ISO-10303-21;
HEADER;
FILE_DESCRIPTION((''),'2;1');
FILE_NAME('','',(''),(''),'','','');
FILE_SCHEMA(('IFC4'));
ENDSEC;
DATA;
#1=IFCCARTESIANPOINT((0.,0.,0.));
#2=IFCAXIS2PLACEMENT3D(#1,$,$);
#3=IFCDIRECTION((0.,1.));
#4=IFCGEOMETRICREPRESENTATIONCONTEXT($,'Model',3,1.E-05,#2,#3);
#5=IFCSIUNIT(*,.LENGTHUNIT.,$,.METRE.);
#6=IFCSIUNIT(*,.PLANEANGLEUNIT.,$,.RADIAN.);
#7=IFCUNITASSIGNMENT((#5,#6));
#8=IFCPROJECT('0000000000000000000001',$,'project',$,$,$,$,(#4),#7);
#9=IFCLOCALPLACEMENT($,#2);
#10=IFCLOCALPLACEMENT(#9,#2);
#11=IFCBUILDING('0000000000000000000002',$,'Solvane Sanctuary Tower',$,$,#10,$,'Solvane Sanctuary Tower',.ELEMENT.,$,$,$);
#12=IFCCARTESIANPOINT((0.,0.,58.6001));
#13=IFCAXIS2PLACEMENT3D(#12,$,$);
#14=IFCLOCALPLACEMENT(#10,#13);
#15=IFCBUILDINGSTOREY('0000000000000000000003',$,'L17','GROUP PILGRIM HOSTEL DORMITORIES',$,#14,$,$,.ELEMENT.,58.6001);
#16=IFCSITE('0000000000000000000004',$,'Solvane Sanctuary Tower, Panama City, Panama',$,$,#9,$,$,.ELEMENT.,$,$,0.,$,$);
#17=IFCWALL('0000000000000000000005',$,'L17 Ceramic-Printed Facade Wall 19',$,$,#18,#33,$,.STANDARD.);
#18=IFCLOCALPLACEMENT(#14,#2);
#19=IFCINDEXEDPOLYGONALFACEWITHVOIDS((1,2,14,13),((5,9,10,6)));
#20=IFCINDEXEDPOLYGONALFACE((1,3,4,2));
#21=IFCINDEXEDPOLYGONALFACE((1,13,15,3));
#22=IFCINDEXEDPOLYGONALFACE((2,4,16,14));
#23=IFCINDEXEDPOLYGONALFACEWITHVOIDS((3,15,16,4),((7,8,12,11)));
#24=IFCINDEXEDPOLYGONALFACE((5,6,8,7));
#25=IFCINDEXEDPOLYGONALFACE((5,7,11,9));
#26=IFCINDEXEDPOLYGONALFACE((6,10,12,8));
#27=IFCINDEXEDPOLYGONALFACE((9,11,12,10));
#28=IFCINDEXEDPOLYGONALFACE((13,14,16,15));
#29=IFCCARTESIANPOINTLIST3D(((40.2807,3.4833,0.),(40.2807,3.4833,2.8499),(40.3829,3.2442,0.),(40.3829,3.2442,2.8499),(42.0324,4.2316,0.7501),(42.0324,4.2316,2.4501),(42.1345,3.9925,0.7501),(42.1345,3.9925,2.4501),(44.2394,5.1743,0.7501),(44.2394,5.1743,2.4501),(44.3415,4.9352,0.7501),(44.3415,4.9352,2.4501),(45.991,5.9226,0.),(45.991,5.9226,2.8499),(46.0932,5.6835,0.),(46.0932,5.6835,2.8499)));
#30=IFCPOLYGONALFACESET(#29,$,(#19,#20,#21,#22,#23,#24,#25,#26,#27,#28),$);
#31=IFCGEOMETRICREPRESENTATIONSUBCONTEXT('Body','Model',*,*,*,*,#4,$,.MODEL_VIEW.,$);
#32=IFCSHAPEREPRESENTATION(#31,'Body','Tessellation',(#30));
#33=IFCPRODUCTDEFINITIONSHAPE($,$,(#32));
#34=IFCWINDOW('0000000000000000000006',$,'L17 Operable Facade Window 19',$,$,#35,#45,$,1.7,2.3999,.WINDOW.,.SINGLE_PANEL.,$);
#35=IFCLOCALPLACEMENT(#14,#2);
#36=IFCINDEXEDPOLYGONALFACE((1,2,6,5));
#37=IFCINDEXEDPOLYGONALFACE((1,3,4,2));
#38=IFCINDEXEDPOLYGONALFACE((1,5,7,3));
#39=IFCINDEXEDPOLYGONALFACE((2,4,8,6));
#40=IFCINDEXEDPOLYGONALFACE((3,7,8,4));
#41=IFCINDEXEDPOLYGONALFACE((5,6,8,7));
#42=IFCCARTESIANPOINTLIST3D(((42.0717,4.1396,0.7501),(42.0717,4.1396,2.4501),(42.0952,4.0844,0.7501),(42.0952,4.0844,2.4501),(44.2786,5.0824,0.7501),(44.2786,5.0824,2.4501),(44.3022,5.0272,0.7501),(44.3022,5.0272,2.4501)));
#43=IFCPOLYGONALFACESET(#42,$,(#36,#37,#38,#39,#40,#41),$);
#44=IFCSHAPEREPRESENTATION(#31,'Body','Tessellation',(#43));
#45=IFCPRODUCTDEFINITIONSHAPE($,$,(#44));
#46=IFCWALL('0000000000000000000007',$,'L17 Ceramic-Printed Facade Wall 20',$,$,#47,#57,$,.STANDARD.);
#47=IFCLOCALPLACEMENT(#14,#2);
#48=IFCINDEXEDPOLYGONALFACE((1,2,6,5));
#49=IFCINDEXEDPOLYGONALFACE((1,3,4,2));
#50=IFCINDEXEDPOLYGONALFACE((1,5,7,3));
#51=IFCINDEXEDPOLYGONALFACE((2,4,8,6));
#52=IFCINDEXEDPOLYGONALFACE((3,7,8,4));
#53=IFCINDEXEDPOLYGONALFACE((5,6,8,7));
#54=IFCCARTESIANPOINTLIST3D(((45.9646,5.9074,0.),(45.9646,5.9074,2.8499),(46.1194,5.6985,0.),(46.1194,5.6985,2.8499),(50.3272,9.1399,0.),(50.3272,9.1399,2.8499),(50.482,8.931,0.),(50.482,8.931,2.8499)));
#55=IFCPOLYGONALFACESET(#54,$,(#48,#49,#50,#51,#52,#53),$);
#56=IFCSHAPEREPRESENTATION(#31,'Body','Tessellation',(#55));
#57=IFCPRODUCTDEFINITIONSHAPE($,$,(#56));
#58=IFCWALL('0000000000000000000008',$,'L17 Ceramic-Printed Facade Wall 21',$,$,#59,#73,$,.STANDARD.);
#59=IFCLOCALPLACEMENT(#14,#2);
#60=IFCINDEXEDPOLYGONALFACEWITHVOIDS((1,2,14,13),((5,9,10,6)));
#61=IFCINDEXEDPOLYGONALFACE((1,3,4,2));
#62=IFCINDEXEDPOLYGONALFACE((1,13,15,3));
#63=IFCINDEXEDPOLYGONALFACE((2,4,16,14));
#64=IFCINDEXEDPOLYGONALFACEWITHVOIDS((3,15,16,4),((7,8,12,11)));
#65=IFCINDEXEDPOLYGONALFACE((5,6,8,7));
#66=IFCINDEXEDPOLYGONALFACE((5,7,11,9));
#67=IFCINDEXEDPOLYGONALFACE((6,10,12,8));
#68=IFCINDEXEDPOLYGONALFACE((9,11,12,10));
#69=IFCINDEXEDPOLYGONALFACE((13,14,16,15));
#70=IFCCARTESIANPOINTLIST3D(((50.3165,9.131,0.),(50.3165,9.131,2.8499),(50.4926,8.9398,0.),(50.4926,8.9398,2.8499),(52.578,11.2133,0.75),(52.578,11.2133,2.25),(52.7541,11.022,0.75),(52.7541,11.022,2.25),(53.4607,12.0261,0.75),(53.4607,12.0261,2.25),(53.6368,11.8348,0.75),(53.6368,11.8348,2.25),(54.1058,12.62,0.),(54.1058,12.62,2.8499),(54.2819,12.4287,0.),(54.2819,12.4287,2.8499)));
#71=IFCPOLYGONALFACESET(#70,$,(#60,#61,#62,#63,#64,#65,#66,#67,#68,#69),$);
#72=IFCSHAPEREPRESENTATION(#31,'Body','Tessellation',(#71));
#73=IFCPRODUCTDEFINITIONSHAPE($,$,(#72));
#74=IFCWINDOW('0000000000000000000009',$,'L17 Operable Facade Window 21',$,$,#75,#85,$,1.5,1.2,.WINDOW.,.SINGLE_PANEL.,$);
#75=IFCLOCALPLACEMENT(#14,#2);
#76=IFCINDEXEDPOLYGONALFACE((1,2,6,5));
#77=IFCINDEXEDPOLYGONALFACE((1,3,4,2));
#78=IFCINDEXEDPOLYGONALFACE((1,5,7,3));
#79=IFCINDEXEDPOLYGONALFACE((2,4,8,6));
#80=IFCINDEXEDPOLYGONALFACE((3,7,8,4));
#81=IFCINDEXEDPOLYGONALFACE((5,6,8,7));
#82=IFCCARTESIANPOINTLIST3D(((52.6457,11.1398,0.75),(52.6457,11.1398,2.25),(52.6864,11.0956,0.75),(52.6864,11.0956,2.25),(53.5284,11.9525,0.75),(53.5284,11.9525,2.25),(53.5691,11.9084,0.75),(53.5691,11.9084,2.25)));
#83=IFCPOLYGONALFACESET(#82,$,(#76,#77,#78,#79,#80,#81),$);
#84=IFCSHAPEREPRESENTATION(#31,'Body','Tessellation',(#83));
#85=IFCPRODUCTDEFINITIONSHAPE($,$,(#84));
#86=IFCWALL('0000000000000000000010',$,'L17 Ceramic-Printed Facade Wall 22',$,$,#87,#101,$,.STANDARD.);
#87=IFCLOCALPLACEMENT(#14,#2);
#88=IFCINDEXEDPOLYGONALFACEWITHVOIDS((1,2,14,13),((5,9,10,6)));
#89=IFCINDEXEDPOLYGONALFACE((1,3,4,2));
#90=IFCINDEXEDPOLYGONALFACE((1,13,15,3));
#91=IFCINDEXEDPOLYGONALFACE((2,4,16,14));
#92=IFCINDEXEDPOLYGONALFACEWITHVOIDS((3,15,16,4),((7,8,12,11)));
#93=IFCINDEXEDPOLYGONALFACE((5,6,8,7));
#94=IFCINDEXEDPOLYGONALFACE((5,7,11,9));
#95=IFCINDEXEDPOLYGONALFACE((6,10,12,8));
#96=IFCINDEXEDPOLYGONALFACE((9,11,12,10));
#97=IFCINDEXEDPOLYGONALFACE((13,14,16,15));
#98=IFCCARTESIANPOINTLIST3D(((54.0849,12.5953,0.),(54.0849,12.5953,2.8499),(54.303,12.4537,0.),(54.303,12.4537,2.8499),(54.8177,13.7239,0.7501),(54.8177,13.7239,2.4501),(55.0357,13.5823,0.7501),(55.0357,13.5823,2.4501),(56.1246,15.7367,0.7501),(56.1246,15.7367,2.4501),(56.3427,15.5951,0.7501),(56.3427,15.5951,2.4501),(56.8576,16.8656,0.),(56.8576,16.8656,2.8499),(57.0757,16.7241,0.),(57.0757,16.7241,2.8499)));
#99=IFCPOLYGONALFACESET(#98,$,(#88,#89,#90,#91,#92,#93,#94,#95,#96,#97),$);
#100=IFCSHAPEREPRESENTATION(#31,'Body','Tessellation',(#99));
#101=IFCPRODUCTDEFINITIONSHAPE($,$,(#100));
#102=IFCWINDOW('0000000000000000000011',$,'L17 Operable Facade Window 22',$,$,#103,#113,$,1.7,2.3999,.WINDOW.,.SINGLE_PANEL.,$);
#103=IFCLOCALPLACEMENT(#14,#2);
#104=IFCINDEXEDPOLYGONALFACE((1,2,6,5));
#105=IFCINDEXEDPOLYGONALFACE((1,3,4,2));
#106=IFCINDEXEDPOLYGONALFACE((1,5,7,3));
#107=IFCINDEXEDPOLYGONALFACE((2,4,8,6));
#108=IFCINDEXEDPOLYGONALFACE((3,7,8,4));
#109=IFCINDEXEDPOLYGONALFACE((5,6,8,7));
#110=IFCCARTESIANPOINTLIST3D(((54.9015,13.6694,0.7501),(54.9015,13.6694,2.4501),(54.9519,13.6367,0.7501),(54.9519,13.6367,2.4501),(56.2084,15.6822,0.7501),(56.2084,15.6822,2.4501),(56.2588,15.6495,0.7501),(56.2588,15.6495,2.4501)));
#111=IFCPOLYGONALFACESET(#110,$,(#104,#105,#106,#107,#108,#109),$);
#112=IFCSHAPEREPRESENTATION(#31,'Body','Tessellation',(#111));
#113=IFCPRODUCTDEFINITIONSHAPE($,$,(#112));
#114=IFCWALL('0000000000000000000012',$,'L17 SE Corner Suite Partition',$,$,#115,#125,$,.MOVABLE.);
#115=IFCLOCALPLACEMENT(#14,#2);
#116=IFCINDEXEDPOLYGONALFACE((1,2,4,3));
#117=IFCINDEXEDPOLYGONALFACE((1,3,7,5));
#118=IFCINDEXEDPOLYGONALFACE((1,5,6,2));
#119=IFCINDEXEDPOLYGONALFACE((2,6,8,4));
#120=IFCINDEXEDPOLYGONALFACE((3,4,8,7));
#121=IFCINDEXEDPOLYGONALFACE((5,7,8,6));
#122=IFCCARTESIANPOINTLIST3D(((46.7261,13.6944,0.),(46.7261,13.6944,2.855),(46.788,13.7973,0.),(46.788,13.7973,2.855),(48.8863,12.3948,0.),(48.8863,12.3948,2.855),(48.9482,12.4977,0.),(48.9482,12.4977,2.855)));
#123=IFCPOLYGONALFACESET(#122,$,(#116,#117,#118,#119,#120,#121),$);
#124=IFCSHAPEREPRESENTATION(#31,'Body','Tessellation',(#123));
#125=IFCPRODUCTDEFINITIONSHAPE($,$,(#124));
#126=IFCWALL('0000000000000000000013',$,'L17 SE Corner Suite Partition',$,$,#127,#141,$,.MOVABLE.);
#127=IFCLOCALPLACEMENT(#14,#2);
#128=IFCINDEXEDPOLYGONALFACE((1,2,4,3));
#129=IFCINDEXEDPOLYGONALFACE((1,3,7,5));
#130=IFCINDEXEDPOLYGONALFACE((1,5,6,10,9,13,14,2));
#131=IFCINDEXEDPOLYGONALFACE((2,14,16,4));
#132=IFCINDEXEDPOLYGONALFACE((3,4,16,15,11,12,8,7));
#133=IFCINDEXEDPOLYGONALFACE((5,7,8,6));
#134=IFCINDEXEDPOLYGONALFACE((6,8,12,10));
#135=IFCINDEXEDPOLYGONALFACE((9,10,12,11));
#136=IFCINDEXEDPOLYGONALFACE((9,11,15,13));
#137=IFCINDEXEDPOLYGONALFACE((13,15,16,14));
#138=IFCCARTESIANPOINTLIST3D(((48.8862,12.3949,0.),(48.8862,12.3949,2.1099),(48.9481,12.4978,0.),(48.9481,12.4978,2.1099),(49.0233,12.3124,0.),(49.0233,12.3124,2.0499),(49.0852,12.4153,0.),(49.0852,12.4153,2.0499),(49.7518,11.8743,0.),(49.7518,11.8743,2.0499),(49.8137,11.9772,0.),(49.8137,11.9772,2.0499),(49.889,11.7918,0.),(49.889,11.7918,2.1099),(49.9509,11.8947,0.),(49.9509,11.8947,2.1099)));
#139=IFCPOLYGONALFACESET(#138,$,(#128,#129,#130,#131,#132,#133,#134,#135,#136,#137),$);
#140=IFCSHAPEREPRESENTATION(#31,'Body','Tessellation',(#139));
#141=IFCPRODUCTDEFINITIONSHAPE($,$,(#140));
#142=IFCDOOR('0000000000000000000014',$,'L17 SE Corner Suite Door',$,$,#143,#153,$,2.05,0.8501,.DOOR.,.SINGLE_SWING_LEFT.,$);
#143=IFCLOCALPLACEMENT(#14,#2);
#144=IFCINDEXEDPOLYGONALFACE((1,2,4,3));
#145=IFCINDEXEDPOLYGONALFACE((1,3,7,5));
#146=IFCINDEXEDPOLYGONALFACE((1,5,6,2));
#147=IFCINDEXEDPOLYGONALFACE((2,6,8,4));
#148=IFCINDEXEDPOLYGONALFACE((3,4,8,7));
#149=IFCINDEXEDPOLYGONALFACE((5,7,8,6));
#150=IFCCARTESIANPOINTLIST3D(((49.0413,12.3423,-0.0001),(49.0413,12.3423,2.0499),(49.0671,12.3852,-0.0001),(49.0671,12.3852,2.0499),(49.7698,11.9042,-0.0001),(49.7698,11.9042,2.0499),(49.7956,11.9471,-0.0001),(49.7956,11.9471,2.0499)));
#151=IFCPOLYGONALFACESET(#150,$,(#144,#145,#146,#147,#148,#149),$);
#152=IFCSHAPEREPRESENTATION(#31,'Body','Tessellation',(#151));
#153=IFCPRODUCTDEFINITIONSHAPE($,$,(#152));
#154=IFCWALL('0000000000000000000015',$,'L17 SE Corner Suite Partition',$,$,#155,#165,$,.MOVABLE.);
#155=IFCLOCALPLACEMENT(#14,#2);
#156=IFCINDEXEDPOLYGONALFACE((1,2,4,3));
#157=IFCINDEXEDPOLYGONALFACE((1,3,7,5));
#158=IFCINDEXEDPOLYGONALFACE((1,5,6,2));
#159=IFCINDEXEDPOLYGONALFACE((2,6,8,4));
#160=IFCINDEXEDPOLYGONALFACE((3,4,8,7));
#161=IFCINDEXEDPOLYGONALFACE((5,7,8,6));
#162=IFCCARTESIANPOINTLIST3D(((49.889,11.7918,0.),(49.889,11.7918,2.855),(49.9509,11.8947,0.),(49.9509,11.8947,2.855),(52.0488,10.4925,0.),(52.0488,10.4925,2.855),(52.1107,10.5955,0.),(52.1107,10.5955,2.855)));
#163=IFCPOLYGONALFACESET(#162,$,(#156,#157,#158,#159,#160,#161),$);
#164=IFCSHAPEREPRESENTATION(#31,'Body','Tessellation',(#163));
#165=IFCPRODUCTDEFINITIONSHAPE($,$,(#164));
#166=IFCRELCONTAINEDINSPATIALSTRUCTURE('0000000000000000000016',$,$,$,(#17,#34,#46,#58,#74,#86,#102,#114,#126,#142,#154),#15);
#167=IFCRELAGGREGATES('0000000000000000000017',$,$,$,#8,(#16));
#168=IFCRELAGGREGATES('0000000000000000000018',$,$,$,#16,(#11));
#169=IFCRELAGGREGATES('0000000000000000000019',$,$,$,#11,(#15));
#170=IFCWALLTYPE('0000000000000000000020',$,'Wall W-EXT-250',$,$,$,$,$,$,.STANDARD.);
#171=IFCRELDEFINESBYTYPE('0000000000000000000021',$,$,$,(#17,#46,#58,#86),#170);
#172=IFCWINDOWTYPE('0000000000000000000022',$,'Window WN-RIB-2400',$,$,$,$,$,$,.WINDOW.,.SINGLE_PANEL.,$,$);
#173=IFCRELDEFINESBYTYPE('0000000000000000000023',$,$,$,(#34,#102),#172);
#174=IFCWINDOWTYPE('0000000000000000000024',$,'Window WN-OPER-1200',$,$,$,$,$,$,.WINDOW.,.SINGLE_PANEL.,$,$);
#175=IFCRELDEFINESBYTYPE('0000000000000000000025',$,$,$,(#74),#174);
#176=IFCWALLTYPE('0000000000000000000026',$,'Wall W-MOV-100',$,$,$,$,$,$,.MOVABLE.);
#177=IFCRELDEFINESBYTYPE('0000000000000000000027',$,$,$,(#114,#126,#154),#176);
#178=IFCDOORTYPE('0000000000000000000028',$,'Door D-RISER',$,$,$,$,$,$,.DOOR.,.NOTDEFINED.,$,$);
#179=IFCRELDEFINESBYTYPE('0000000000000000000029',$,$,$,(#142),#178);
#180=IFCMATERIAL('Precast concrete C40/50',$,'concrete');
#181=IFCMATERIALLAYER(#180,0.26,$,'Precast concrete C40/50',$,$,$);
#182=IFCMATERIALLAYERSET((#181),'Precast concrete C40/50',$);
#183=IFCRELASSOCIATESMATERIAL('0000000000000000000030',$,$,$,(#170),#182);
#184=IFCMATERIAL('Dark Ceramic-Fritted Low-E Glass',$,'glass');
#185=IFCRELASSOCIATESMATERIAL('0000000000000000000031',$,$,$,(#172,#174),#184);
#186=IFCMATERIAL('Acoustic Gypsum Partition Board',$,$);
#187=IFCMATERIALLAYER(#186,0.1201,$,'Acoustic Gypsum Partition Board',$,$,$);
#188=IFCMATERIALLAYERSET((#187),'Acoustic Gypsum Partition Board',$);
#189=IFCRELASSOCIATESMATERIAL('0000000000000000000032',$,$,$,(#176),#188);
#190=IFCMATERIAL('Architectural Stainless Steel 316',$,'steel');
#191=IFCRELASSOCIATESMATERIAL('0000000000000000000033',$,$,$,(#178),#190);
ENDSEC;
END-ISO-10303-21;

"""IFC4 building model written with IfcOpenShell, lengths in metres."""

from ifc_helpers import new_model, si_unit, direction, frame, frame_2d, origin, place, context, subcontext, project, spatial, rectangle, extrude, material, layer, layer_set, type_object, element, fill, save


model = new_model("IFC4")

# Units and contexts
model_context = context("Model", 3, precision=1e-05, world=origin(), true_north=direction((0.0, 1.0)))
body_context = subcontext(model_context, "Body", "Model", "MODEL_VIEW")
ifc_project = project(units=[si_unit("LENGTHUNIT", "METRE"), si_unit("PLANEANGLEUNIT", "RADIAN")], contexts=[model_context])

# Site, building, storey
site_placement = place(None, origin())
site = spatial("IfcSite", under=ifc_project, at=site_placement, Name="Solvane Sanctuary Tower, Panama City, Panama", CompositionType="ELEMENT", RefElevation=0.0)
building_placement = place(site_placement, origin())
building = spatial("IfcBuilding", under=site, at=building_placement, Name="Solvane Sanctuary Tower", LongName="Solvane Sanctuary Tower", CompositionType="ELEMENT")
storey_placement = place(building_placement, frame((0.0, 0.0, 58.6001)))
storey = spatial("IfcBuildingStorey", under=building, at=storey_placement, Name="L17", Description="GROUP PILGRIM HOSTEL DORMITORIES", CompositionType="ELEMENT", Elevation=58.6001)

# Shared definitions
ifc_material_1 = material(Name="Acoustic Gypsum Partition Board")

# Wall, opening, window
ifc_material_2 = material(Name="Precast concrete C40/50", Category="concrete")
ifc_layer_1 = layer(ifc_material_2, 0.26, Name="Precast concrete C40/50")
ifc_layer_set_1 = layer_set([ifc_layer_1], Name="Precast concrete C40/50")
wall_type_1 = type_object("IfcWallType", Name="Wall W-EXT-250", PredefinedType="STANDARD", material=ifc_layer_set_1)
wall_1_placement = place(storey_placement, frame((40.3318, 3.3638, 0.0), z_axis=(0.0, 0.0, 1.0), x_axis=(0.919612, 0.392828, 0.0)))
wall_1 = element("IfcWall", 1, at=wall_1_placement, inside=storey, type_object=wall_type_1, Name="L17 Ceramic-Printed Facade Wall 19", PredefinedType="STANDARD", context=body_context, shape_type="SweptSolid", body=[
    extrude(rectangle(XDim=6.2095, YDim=0.26, at=frame_2d((3.1047, 0.0))), origin(), (0.0, 0.0, 1.0), 2.8499),
])
opening_1_placement = place(wall_1_placement, frame((1.9048, 0.0, 0.75)))
opening_1 = element("IfcOpeningElement", 2, at=opening_1_placement, cuts=wall_1, PredefinedType="OPENING", context=body_context, shape_type="SweptSolid", body=[
    extrude(rectangle(XDim=2.3999, YDim=1.7, at=frame_2d((1.2, 0.8501))), frame((0.0, 0.1399, 0.0), z_axis=(0.0, -1.0, 0.0), x_axis=(1.0, 0.0, 0.0)), (0.0, 0.0, 1.0), 0.28),
])
ifc_material_3 = material(Name="Dark Ceramic-Fritted Low-E Glass", Category="glass")
window_type_1 = type_object("IfcWindowType", Name="Window WN-RIB-2400", PartitioningType="SINGLE_PANEL", PredefinedType="WINDOW", material=ifc_material_3)
window_1_placement = place(opening_1_placement, origin())
window_1 = element("IfcWindow", 3, at=window_1_placement, inside=storey, type_object=window_type_1, Name="L17 Operable Facade Window 19", OverallHeight=1.7, OverallWidth=2.3999, PartitioningType="SINGLE_PANEL", PredefinedType="WINDOW", context=body_context, shape_type="SweptSolid", body=[
    extrude(rectangle(XDim=2.3999, YDim=1.7, at=frame_2d((1.2, 0.8501))), frame((0.0, 0.03, 0.0), z_axis=(0.0, -1.0, 0.0), x_axis=(1.0, 0.0, 0.0)), (0.0, 0.0, 1.0), 0.0601),
])
fill(opening_1, window_1)

# Wall
wall_2_placement = place(storey_placement, frame((46.042, 5.803, 0.0), z_axis=(0.0, 0.0, 1.0), x_axis=(0.803478, 0.595335, 0.0)))
element("IfcWall", 4, at=wall_2_placement, inside=storey, type_object=wall_type_1, Name="L17 Ceramic-Printed Facade Wall 20", PredefinedType="STANDARD", context=body_context, shape_type="SweptSolid", body=[
    extrude(rectangle(XDim=5.4297, YDim=0.26, at=frame_2d((2.7148, 0.0))), origin(), (0.0, 0.0, 1.0), 2.8499),
])

# Walls, openings, windows
wall_3_placement = place(storey_placement, frame((50.4045, 9.0354, 0.0), z_axis=(0.0, 0.0, 1.0), x_axis=(0.735655, 0.677356, 0.0)))
wall_3 = element("IfcWall", 5, at=wall_3_placement, inside=storey, type_object=wall_type_1, Name="L17 Ceramic-Printed Facade Wall 21", PredefinedType="STANDARD", context=body_context, shape_type="SweptSolid", body=[
    extrude(rectangle(XDim=5.1509, YDim=0.26, at=frame_2d((2.5754, 0.0))), origin(), (0.0, 0.0, 1.0), 2.8499),
])
opening_2_placement = place(wall_3_placement, frame((3.074, 0.0, 0.75)))
opening_2 = element("IfcOpeningElement", 6, at=opening_2_placement, cuts=wall_3, PredefinedType="OPENING", context=body_context, shape_type="SweptSolid", body=[
    extrude(rectangle(XDim=1.2, YDim=1.5, at=frame_2d((0.6001, 0.75))), frame((0.0, 0.1399, 0.0), z_axis=(0.0, -1.0, 0.0), x_axis=(1.0, 0.0, 0.0)), (0.0, 0.0, 1.0), 0.28),
])
window_type_2 = type_object("IfcWindowType", Name="Window WN-OPER-1200", PartitioningType="SINGLE_PANEL", PredefinedType="WINDOW", material=ifc_material_3)
window_2_placement = place(opening_2_placement, origin())
window_2 = element("IfcWindow", 7, at=window_2_placement, inside=storey, type_object=window_type_2, Name="L17 Operable Facade Window 21", OverallHeight=1.5, OverallWidth=1.2, PartitioningType="SINGLE_PANEL", PredefinedType="WINDOW", context=body_context, shape_type="SweptSolid", body=[
    extrude(rectangle(XDim=1.2, YDim=1.5, at=frame_2d((0.6001, 0.75))), frame((0.0, 0.03, 0.0), z_axis=(0.0, -1.0, 0.0), x_axis=(1.0, 0.0, 0.0)), (0.0, 0.0, 1.0), 0.0601),
])
fill(opening_2, window_2)
wall_4_placement = place(storey_placement, frame((54.1938, 12.5244, 0.0), z_axis=(0.0, 0.0, 1.0), x_axis=(0.544579, 0.83871, 0.0)))
wall_4 = element("IfcWall", 8, at=wall_4_placement, inside=storey, type_object=wall_type_1, Name="L17 Ceramic-Printed Facade Wall 22", PredefinedType="STANDARD", context=body_context, shape_type="SweptSolid", body=[
    extrude(rectangle(XDim=5.0916, YDim=0.26, at=frame_2d((2.5459, 0.0))), origin(), (0.0, 0.0, 1.0), 2.8499),
])
opening_3_placement = place(wall_4_placement, frame((1.3457, 0.0, 0.75)))
opening_3 = element("IfcOpeningElement", 9, at=opening_3_placement, cuts=wall_4, PredefinedType="OPENING", context=body_context, shape_type="SweptSolid", body=[
    extrude(rectangle(XDim=2.3999, YDim=1.7, at=frame_2d((1.2, 0.8501))), frame((0.0, 0.1399, 0.0), z_axis=(0.0, -1.0, 0.0), x_axis=(1.0, 0.0, 0.0)), (0.0, 0.0, 1.0), 0.28),
])
window_3_placement = place(opening_3_placement, origin())
window_3 = element("IfcWindow", 10, at=window_3_placement, inside=storey, type_object=window_type_1, Name="L17 Operable Facade Window 22", OverallHeight=1.7, OverallWidth=2.3999, PartitioningType="SINGLE_PANEL", PredefinedType="WINDOW", context=body_context, shape_type="SweptSolid", body=[
    extrude(rectangle(XDim=2.3999, YDim=1.7, at=frame_2d((1.2, 0.8501))), frame((0.0, 0.03, 0.0), z_axis=(0.0, -1.0, 0.0), x_axis=(1.0, 0.0, 0.0)), (0.0, 0.0, 1.0), 0.0601),
])
fill(opening_3, window_3)

# Wall
ifc_layer_2 = layer(ifc_material_1, 0.1201, Name="Acoustic Gypsum Partition Board")
ifc_layer_set_2 = layer_set([ifc_layer_2], Name="Acoustic Gypsum Partition Board")
wall_type_2 = type_object("IfcWallType", Name="Wall W-MOV-100", PredefinedType="MOVABLE", material=ifc_layer_set_2)
wall_5_placement = place(storey_placement, frame((46.7571, 13.7458, 0.0), z_axis=(0.0, 0.0, 1.0), x_axis=(0.856886, -0.515507, 0.0)))
element("IfcWall", 11, at=wall_5_placement, inside=storey, type_object=wall_type_2, Name="L17 SE Corner Suite Partition", PredefinedType="MOVABLE", context=body_context, shape_type="SweptSolid", body=[
    extrude(rectangle(XDim=2.521, YDim=0.1201, at=frame_2d((1.2605, 0.0))), origin(), (0.0, 0.0, 1.0), 2.855),
])

# Wall, opening, door
wall_6_placement = place(storey_placement, frame((48.9172, 12.4463, 0.0), z_axis=(0.0, 0.0, 1.0), x_axis=(0.856959, -0.515385, 0.0)))
wall_6 = element("IfcWall", 12, at=wall_6_placement, inside=storey, type_object=wall_type_2, Name="L17 SE Corner Suite Partition", PredefinedType="MOVABLE", context=body_context, shape_type="SweptSolid", body=[
    extrude(rectangle(XDim=1.1702, YDim=0.1201, at=frame_2d((0.585, 0.0))), origin(), (0.0, 0.0, 1.0), 2.1099),
])
opening_4_placement = place(wall_6_placement, frame((0.1599, 0.0, 0.0)))
opening_4 = element("IfcOpeningElement", 13, at=opening_4_placement, cuts=wall_6, PredefinedType="OPENING", context=body_context, shape_type="SweptSolid", body=[
    extrude(rectangle(XDim=0.8501, YDim=2.05, at=frame_2d((0.425, 1.0249))), frame((0.0, 0.0701, 0.0), z_axis=(0.0, -1.0, 0.0), x_axis=(1.0, 0.0, 0.0)), (0.0, 0.0, 1.0), 0.1401),
])
ifc_material_4 = material(Name="Architectural Stainless Steel 316", Category="steel")
door_type_1 = type_object("IfcDoorType", Name="Door D-RISER", OperationType="NOTDEFINED", PredefinedType="DOOR", material=ifc_material_4)
door_1_placement = place(opening_4_placement, origin())
door_1 = element("IfcDoor", 14, at=door_1_placement, inside=storey, type_object=door_type_1, Name="L17 SE Corner Suite Door", OperationType="SINGLE_SWING_LEFT", OverallHeight=2.05, OverallWidth=0.8501, PredefinedType="DOOR", context=body_context, shape_type="SweptSolid", body=[
    extrude(rectangle(XDim=0.8501, YDim=2.05, at=frame_2d((0.425, 1.0249))), frame((0.0, 0.0249, 0.0), z_axis=(0.0, -1.0, 0.0), x_axis=(1.0, 0.0, 0.0)), (0.0, 0.0, 1.0), 0.05),
])
fill(opening_4, door_1)

# Wall
wall_7_placement = place(storey_placement, frame((49.9199, 11.8433, 0.0), z_axis=(0.0, 0.0, 1.0), x_axis=(0.856903, -0.515478, 0.0)))
element("IfcWall", 15, at=wall_7_placement, inside=storey, type_object=wall_type_2, Name="L17 SE Corner Suite Partition", PredefinedType="MOVABLE", context=body_context, shape_type="SweptSolid", body=[
    extrude(rectangle(XDim=2.5205, YDim=0.1201, at=frame_2d((1.2603, 0.0))), origin(), (0.0, 0.0, 1.0), 2.855),
])

save(model, "model.ifc")
